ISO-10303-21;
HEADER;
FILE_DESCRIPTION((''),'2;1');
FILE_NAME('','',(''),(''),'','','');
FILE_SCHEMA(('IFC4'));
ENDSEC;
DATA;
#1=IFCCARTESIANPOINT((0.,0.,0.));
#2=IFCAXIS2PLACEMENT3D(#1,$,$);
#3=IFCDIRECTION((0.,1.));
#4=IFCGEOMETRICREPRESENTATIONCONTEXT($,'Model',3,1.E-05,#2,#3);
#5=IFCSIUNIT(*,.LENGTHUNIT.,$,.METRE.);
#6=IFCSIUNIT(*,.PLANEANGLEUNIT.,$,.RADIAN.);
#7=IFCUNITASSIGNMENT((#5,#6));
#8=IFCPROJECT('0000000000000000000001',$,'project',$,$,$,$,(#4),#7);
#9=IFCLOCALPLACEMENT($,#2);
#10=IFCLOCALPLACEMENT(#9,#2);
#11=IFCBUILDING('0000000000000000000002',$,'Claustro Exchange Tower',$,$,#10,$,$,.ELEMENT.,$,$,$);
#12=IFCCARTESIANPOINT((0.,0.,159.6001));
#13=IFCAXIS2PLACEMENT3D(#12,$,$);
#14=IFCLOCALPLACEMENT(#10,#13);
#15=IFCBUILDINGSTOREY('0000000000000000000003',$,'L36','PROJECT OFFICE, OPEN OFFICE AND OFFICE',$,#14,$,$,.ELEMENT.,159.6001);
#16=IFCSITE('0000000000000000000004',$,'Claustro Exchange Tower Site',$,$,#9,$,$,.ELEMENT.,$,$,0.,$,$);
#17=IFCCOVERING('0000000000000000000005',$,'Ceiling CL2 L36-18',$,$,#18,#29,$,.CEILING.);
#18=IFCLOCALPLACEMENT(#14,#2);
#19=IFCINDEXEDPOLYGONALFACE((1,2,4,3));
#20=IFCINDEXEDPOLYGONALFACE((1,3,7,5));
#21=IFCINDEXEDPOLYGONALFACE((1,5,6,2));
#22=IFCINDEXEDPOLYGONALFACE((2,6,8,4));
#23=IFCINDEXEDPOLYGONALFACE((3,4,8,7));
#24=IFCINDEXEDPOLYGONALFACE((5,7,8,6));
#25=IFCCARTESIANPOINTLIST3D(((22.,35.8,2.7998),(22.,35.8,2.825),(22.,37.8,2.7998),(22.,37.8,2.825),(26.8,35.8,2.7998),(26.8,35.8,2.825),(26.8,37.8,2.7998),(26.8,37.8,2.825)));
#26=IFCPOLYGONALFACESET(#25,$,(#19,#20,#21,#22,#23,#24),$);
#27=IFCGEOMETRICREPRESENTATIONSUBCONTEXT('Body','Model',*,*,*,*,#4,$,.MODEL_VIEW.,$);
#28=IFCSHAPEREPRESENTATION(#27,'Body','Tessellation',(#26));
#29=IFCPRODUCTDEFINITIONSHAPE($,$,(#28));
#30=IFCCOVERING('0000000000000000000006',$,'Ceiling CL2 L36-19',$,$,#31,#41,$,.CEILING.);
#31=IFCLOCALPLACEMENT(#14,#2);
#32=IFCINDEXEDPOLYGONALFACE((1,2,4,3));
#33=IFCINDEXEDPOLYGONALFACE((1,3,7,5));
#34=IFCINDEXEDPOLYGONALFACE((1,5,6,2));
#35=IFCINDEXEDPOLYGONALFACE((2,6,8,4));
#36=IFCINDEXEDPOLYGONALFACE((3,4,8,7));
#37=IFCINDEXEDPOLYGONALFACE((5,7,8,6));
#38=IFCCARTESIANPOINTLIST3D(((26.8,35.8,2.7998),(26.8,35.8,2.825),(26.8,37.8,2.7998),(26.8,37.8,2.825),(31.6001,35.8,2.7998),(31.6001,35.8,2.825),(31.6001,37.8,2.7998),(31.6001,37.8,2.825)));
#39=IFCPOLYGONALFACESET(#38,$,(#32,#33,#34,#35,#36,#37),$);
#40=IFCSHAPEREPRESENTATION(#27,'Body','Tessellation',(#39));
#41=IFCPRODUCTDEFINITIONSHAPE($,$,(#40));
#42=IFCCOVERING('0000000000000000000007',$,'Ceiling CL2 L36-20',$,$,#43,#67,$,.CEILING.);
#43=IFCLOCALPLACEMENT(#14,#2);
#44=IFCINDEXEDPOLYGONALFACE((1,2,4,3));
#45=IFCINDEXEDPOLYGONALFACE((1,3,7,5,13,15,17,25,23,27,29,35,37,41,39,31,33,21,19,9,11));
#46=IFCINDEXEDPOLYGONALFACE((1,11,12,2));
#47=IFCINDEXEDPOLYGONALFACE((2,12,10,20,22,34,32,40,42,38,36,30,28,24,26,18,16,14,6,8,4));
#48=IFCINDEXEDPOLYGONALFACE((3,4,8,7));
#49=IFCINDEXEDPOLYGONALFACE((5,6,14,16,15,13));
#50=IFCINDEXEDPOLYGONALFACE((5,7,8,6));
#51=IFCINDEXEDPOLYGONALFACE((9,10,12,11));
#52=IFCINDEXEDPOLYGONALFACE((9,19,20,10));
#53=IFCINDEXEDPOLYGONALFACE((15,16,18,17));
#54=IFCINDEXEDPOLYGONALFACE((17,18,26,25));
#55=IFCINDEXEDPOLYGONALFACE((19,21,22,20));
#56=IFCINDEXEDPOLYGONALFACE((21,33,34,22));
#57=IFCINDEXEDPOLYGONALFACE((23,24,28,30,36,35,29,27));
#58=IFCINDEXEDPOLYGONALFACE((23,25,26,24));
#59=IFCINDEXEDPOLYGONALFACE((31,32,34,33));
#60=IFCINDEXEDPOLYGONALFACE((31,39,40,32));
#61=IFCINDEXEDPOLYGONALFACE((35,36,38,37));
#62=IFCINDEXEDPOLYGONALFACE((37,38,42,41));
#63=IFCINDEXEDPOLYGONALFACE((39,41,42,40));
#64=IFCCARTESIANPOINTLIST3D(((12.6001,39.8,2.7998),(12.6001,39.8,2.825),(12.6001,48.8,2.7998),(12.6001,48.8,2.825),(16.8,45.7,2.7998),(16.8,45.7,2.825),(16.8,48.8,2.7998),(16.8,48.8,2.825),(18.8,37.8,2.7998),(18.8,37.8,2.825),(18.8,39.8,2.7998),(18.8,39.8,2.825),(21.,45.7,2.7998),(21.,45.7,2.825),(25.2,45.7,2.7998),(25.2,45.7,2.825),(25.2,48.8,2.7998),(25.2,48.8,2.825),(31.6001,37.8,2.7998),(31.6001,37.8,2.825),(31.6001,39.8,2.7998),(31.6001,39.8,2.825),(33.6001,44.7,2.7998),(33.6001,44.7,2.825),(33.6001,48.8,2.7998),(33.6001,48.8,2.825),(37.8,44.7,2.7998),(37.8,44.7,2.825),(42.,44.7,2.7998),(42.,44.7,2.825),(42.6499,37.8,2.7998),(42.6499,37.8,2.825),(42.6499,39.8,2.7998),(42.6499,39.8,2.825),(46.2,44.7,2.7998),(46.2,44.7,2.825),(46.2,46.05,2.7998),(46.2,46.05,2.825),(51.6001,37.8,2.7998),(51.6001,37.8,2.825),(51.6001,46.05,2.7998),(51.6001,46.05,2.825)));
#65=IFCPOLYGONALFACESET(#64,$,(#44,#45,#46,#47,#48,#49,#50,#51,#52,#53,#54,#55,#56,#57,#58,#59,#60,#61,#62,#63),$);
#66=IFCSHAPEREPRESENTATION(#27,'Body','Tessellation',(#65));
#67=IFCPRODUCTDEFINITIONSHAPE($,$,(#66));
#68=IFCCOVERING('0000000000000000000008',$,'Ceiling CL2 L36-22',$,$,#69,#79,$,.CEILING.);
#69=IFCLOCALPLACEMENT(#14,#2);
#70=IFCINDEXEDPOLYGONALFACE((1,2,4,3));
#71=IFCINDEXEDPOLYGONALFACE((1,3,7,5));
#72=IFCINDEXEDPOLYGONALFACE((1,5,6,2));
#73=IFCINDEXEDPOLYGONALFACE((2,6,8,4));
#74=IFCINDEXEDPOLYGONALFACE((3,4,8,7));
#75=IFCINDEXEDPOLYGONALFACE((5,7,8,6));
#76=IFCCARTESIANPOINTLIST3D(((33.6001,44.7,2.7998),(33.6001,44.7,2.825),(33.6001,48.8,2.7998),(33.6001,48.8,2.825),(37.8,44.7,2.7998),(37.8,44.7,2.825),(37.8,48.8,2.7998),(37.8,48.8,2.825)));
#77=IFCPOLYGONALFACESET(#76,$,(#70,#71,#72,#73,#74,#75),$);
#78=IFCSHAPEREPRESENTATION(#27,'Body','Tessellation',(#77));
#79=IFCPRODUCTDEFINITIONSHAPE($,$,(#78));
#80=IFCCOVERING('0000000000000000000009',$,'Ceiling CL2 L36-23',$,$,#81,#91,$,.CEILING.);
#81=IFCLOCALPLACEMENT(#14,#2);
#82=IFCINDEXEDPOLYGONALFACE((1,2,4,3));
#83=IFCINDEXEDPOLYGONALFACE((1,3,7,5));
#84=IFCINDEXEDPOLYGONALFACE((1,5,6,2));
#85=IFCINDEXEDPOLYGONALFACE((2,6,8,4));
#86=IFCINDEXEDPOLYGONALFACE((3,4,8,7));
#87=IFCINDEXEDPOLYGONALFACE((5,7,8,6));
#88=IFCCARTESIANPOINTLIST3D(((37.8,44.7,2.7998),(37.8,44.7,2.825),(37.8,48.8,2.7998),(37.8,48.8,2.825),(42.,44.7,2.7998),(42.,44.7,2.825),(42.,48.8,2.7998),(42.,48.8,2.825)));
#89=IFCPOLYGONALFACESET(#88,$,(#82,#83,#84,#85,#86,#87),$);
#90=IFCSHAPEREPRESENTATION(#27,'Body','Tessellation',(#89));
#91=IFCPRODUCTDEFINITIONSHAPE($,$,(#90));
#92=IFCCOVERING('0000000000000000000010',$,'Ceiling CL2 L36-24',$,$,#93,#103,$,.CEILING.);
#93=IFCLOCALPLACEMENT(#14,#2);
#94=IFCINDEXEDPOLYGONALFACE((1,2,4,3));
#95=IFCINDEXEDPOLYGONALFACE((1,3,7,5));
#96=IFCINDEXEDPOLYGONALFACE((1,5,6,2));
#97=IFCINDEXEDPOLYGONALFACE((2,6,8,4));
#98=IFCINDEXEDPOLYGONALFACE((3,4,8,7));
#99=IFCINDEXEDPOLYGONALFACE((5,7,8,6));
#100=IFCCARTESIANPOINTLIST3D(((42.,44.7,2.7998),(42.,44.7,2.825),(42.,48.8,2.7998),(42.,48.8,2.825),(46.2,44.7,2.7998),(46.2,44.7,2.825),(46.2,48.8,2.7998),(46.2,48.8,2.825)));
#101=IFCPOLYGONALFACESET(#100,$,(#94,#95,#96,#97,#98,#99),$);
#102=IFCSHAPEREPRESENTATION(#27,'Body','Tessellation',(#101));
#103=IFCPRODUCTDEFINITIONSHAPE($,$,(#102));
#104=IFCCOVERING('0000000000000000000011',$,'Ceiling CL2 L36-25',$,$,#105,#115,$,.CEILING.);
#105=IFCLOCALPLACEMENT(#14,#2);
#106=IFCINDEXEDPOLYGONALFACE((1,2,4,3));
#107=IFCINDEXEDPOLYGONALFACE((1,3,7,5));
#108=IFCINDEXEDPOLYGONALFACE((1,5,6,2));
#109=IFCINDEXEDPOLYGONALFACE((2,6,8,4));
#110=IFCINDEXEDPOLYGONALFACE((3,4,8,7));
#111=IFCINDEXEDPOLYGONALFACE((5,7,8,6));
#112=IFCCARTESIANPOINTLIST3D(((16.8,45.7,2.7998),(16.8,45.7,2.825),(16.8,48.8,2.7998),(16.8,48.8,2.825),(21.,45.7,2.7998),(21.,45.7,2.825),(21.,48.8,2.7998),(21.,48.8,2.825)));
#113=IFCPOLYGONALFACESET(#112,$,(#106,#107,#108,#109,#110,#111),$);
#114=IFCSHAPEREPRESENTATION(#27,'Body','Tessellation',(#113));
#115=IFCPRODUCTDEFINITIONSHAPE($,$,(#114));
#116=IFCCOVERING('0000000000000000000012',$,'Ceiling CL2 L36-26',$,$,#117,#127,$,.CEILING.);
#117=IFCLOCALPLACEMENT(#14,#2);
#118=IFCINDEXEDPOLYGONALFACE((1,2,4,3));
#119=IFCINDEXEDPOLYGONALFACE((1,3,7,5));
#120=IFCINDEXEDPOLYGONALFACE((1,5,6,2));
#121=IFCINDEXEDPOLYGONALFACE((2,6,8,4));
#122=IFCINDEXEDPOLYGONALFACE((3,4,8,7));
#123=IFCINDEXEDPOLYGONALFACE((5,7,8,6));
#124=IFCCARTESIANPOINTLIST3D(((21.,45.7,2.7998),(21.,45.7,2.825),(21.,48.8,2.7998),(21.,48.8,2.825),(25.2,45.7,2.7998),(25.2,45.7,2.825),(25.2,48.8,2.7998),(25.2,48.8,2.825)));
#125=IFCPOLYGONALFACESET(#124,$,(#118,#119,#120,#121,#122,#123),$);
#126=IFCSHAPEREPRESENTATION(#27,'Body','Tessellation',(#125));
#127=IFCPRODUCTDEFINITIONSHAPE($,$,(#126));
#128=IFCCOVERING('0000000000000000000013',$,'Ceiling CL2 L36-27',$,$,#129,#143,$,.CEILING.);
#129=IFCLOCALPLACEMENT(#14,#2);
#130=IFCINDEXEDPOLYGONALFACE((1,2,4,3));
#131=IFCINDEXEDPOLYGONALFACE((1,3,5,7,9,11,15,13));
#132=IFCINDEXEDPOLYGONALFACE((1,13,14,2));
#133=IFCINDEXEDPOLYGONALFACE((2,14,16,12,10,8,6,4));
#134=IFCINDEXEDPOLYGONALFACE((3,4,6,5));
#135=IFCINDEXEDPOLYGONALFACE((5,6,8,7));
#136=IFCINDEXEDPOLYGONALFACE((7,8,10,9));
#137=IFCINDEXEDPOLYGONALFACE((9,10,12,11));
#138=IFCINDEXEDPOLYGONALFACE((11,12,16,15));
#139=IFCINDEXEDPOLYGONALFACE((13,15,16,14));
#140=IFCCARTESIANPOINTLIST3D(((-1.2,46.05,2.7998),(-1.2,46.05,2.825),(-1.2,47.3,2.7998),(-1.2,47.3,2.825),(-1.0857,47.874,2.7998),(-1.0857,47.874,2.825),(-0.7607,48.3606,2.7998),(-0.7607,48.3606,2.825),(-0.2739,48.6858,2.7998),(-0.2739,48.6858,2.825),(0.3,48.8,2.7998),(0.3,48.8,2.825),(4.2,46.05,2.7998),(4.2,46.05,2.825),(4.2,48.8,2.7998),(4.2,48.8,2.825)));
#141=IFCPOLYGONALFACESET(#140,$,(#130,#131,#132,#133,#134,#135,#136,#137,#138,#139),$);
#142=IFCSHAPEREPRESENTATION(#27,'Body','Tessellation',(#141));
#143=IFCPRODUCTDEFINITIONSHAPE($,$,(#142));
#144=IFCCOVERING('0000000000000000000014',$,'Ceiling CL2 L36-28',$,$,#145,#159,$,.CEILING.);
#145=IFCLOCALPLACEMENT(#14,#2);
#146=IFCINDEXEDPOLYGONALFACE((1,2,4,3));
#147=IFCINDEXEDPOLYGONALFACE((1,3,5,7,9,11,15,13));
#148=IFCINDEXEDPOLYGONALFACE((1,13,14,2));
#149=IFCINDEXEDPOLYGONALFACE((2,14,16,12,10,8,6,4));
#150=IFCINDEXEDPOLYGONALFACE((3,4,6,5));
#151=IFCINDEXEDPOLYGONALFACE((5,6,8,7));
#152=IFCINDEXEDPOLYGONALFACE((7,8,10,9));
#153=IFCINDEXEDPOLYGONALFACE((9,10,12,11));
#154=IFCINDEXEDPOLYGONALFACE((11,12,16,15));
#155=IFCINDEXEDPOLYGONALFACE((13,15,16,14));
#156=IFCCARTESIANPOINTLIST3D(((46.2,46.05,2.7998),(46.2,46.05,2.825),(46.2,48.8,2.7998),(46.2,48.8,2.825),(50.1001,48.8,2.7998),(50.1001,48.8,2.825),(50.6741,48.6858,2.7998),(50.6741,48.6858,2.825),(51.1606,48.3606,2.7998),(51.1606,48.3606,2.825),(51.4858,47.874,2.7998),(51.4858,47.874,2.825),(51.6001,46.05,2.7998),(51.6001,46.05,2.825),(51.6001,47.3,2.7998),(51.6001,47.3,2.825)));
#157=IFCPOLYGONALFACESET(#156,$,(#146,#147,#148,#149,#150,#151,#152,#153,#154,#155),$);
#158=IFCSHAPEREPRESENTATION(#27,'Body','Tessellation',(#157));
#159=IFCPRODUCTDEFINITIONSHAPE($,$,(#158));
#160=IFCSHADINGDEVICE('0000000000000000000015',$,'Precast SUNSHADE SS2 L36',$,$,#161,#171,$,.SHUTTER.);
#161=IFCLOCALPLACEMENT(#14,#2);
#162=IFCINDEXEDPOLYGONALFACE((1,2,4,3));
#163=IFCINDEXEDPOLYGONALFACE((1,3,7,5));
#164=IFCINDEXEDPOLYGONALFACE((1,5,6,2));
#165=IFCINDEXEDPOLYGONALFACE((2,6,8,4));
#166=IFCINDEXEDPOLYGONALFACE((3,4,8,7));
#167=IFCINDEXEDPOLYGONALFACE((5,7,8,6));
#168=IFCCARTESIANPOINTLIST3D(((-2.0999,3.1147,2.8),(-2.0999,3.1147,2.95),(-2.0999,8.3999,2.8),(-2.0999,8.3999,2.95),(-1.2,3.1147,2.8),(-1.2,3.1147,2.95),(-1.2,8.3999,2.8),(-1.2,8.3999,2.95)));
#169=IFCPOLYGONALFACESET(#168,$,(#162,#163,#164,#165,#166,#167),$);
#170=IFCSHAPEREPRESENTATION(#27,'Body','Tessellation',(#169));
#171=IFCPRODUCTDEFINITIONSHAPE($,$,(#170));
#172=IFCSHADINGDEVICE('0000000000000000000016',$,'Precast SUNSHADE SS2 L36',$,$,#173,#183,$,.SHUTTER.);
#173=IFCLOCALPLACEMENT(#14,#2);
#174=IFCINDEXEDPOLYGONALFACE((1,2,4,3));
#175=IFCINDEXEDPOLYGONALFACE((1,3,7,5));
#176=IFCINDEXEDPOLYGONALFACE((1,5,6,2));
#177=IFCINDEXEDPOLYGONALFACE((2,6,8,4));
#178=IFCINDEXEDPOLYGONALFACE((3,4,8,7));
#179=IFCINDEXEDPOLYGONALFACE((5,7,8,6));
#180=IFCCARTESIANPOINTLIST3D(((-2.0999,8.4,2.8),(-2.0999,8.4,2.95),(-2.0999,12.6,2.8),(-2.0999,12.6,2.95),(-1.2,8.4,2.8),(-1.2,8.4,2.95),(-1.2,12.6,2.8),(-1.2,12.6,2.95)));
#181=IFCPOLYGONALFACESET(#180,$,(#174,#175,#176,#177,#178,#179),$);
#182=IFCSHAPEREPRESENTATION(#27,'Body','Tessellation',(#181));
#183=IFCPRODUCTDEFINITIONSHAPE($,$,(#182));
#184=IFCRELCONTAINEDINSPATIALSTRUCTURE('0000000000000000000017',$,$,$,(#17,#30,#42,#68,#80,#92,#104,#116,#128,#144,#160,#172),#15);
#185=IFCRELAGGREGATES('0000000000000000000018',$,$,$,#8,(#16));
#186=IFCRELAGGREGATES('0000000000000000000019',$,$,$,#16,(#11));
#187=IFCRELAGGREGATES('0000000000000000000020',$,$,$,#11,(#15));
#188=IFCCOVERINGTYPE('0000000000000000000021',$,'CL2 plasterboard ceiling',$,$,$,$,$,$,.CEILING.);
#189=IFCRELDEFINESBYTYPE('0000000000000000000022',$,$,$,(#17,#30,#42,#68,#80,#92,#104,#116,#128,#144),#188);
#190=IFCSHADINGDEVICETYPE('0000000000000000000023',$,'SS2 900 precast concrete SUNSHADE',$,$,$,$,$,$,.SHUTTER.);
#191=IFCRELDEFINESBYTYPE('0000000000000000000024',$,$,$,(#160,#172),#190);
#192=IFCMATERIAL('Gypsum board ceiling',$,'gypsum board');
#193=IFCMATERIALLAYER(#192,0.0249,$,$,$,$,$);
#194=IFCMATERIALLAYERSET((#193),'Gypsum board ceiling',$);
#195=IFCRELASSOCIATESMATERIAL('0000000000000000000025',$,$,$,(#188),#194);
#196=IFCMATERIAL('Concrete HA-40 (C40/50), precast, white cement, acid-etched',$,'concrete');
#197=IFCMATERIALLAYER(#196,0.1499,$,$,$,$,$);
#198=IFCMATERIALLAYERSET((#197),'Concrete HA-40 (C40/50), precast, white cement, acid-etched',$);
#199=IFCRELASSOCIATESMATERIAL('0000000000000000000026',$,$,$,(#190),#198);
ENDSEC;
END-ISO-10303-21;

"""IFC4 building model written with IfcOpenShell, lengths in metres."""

from ifc_helpers import new_model, si_unit, direction, frame, origin, origin_2d, place, context, subcontext, project, spatial, polyline, rectangle, outline, extrude, material, layer, layer_set, type_object, element, save


model = new_model("IFC4")

# Units and contexts
model_context = context("Model", 3, precision=1e-05, world=origin(), true_north=direction((0.0, 1.0)))
body_context = subcontext(model_context, "Body", "Model", "MODEL_VIEW")
ifc_project = project(units=[si_unit("LENGTHUNIT", "METRE"), si_unit("PLANEANGLEUNIT", "RADIAN")], contexts=[model_context])

# Site, building, storey
site_placement = place(None, origin())
site = spatial("IfcSite", under=ifc_project, at=site_placement, Name="Claustro Exchange Tower Site", CompositionType="ELEMENT", RefElevation=0.0)
building_placement = place(site_placement, origin())
building = spatial("IfcBuilding", under=site, at=building_placement, Name="Claustro Exchange Tower", CompositionType="ELEMENT")
storey_placement = place(building_placement, frame((0.0, 0.0, 159.6001)))
storey = spatial("IfcBuildingStorey", under=building, at=storey_placement, Name="L36", Description="PROJECT OFFICE, OPEN OFFICE AND OFFICE", CompositionType="ELEMENT", Elevation=159.6001)

# Coverings
ifc_material_1 = material(Name="Gypsum board ceiling", Category="gypsum board")
ifc_layer_1 = layer(ifc_material_1, 0.0249)
ifc_layer_set_1 = layer_set([ifc_layer_1], Name="Gypsum board ceiling")
covering_type_1 = type_object("IfcCoveringType", Name="CL2 plasterboard ceiling", PredefinedType="CEILING", material=ifc_layer_set_1)
covering_1_placement = place(storey_placement, frame((0.0, 0.0, 2.7998)))
element("IfcCovering", 1, at=covering_1_placement, inside=storey, type_object=covering_type_1, Name="Ceiling CL2 L36-18", PredefinedType="CEILING", context=body_context, shape_type="SweptSolid", body=[
    extrude(outline(polyline([(22.0, 35.8), (26.8, 35.8), (26.8, 37.8), (22.0, 37.8), (22.0, 35.8)])), origin(), (0.0, 0.0, 1.0), 0.0251),
])
covering_2_placement = place(storey_placement, frame((0.0, 0.0, 2.7998)))
element("IfcCovering", 2, at=covering_2_placement, inside=storey, type_object=covering_type_1, Name="Ceiling CL2 L36-19", PredefinedType="CEILING", context=body_context, shape_type="SweptSolid", body=[
    extrude(outline(polyline([(26.8, 35.8), (31.6001, 35.8), (31.6001, 37.8), (26.8, 37.8), (26.8, 35.8)])), origin(), (0.0, 0.0, 1.0), 0.0251),
])
covering_3_placement = place(storey_placement, frame((0.0, 0.0, 2.7998)))
element("IfcCovering", 3, at=covering_3_placement, inside=storey, type_object=covering_type_1, Name="Ceiling CL2 L36-20", PredefinedType="CEILING", context=body_context, shape_type="SweptSolid", body=[
    extrude(outline(polyline([(16.8, 48.8), (12.6001, 48.8), (12.6001, 39.8), (18.8, 39.8), (18.8, 37.8), (31.6001, 37.8), (31.6001, 39.8), (42.6499, 39.8), (42.6499, 37.8), (51.6001, 37.8), (51.6001, 46.05), (46.2, 46.05), (46.2, 44.7), (42.0, 44.7), (37.8, 44.7), (33.6001, 44.7), (33.6001, 48.8), (25.2, 48.8), (25.2, 45.7), (21.0, 45.7), (16.8, 45.7), (16.8, 48.8)])), origin(), (0.0, 0.0, 1.0), 0.0251),
])
covering_4_placement = place(storey_placement, frame((0.0, 0.0, 2.7998)))
element("IfcCovering", 4, at=covering_4_placement, inside=storey, type_object=covering_type_1, Name="Ceiling CL2 L36-22", PredefinedType="CEILING", context=body_context, shape_type="SweptSolid", body=[
    extrude(outline(polyline([(37.8, 48.8), (33.6001, 48.8), (33.6001, 44.7), (37.8, 44.7), (37.8, 48.8)])), origin(), (0.0, 0.0, 1.0), 0.0251),
])
covering_5_placement = place(storey_placement, frame((0.0, 0.0, 2.7998)))
element("IfcCovering", 5, at=covering_5_placement, inside=storey, type_object=covering_type_1, Name="Ceiling CL2 L36-23", PredefinedType="CEILING", context=body_context, shape_type="SweptSolid", body=[
    extrude(outline(polyline([(42.0, 48.8), (37.8, 48.8), (37.8, 44.7), (42.0, 44.7), (42.0, 48.8)])), origin(), (0.0, 0.0, 1.0), 0.0251),
])
covering_6_placement = place(storey_placement, frame((0.0, 0.0, 2.7998)))
element("IfcCovering", 6, at=covering_6_placement, inside=storey, type_object=covering_type_1, Name="Ceiling CL2 L36-24", PredefinedType="CEILING", context=body_context, shape_type="SweptSolid", body=[
    extrude(outline(polyline([(46.2, 48.8), (42.0, 48.8), (42.0, 44.7), (46.2, 44.7), (46.2, 48.8)])), origin(), (0.0, 0.0, 1.0), 0.0251),
])
covering_7_placement = place(storey_placement, frame((0.0, 0.0, 2.7998)))
element("IfcCovering", 7, at=covering_7_placement, inside=storey, type_object=covering_type_1, Name="Ceiling CL2 L36-25", PredefinedType="CEILING", context=body_context, shape_type="SweptSolid", body=[
    extrude(outline(polyline([(21.0, 48.8), (16.8, 48.8), (16.8, 45.7), (21.0, 45.7), (21.0, 48.8)])), origin(), (0.0, 0.0, 1.0), 0.0251),
])
covering_8_placement = place(storey_placement, frame((0.0, 0.0, 2.7998)))
element("IfcCovering", 8, at=covering_8_placement, inside=storey, type_object=covering_type_1, Name="Ceiling CL2 L36-26", PredefinedType="CEILING", context=body_context, shape_type="SweptSolid", body=[
    extrude(outline(polyline([(25.2, 48.8), (21.0, 48.8), (21.0, 45.7), (25.2, 45.7), (25.2, 48.8)])), origin(), (0.0, 0.0, 1.0), 0.0251),
])
covering_9_placement = place(storey_placement, frame((0.0, 0.0, 2.7998)))
element("IfcCovering", 9, at=covering_9_placement, inside=storey, type_object=covering_type_1, Name="Ceiling CL2 L36-27", PredefinedType="CEILING", context=body_context, shape_type="SweptSolid", body=[
    extrude(outline(polyline([(-1.2, 47.3), (-1.2, 46.05), (4.2, 46.05), (4.2, 48.8), (0.3, 48.8), (-0.2739, 48.6858), (-0.7607, 48.3606), (-1.0857, 47.874), (-1.2, 47.3)])), origin(), (0.0, 0.0, 1.0), 0.0251),
])
covering_10_placement = place(storey_placement, frame((0.0, 0.0, 2.7998)))
element("IfcCovering", 10, at=covering_10_placement, inside=storey, type_object=covering_type_1, Name="Ceiling CL2 L36-28", PredefinedType="CEILING", context=body_context, shape_type="SweptSolid", body=[
    extrude(outline(polyline([(50.1001, 48.8), (46.2, 48.8), (46.2, 46.05), (51.6001, 46.05), (51.6001, 47.3), (51.4858, 47.874), (51.1606, 48.3606), (50.6741, 48.6858), (50.1001, 48.8)])), origin(), (0.0, 0.0, 1.0), 0.0251),
])

# Shading devices
ifc_material_2 = material(Name="Concrete HA-40 (C40/50), precast, white cement, acid-etched", Category="concrete")
ifc_layer_2 = layer(ifc_material_2, 0.1499)
ifc_layer_set_2 = layer_set([ifc_layer_2], Name="Concrete HA-40 (C40/50), precast, white cement, acid-etched")
shading_device_type = type_object("IfcShadingDeviceType", Name="SS2 900 precast concrete SUNSHADE", PredefinedType="SHUTTER", material=ifc_layer_set_2)
shading_device_1_placement = place(storey_placement, frame((-1.6499, 5.7573, 2.8), z_axis=(0.0, 0.0, 1.0), x_axis=(0.0, 1.0, 0.0)))
element("IfcShadingDevice", 11, at=shading_device_1_placement, inside=storey, type_object=shading_device_type, Name="Precast SUNSHADE SS2 L36", PredefinedType="SHUTTER", context=body_context, shape_type="SweptSolid", body=[
    extrude(rectangle(XDim=5.2852, YDim=0.8999, at=origin_2d()), origin(), (0.0, 0.0, 1.0), 0.1499),
])
shading_device_2_placement = place(storey_placement, frame((-1.6499, 10.5, 2.8), z_axis=(0.0, 0.0, 1.0), x_axis=(0.0, 1.0, 0.0)))
element("IfcShadingDevice", 12, at=shading_device_2_placement, inside=storey, type_object=shading_device_type, Name="Precast SUNSHADE SS2 L36", PredefinedType="SHUTTER", context=body_context, shape_type="SweptSolid", body=[
    extrude(rectangle(XDim=4.2, YDim=0.8999, at=origin_2d()), origin(), (0.0, 0.0, 1.0), 0.1499),
])

save(model, "model.ifc")
